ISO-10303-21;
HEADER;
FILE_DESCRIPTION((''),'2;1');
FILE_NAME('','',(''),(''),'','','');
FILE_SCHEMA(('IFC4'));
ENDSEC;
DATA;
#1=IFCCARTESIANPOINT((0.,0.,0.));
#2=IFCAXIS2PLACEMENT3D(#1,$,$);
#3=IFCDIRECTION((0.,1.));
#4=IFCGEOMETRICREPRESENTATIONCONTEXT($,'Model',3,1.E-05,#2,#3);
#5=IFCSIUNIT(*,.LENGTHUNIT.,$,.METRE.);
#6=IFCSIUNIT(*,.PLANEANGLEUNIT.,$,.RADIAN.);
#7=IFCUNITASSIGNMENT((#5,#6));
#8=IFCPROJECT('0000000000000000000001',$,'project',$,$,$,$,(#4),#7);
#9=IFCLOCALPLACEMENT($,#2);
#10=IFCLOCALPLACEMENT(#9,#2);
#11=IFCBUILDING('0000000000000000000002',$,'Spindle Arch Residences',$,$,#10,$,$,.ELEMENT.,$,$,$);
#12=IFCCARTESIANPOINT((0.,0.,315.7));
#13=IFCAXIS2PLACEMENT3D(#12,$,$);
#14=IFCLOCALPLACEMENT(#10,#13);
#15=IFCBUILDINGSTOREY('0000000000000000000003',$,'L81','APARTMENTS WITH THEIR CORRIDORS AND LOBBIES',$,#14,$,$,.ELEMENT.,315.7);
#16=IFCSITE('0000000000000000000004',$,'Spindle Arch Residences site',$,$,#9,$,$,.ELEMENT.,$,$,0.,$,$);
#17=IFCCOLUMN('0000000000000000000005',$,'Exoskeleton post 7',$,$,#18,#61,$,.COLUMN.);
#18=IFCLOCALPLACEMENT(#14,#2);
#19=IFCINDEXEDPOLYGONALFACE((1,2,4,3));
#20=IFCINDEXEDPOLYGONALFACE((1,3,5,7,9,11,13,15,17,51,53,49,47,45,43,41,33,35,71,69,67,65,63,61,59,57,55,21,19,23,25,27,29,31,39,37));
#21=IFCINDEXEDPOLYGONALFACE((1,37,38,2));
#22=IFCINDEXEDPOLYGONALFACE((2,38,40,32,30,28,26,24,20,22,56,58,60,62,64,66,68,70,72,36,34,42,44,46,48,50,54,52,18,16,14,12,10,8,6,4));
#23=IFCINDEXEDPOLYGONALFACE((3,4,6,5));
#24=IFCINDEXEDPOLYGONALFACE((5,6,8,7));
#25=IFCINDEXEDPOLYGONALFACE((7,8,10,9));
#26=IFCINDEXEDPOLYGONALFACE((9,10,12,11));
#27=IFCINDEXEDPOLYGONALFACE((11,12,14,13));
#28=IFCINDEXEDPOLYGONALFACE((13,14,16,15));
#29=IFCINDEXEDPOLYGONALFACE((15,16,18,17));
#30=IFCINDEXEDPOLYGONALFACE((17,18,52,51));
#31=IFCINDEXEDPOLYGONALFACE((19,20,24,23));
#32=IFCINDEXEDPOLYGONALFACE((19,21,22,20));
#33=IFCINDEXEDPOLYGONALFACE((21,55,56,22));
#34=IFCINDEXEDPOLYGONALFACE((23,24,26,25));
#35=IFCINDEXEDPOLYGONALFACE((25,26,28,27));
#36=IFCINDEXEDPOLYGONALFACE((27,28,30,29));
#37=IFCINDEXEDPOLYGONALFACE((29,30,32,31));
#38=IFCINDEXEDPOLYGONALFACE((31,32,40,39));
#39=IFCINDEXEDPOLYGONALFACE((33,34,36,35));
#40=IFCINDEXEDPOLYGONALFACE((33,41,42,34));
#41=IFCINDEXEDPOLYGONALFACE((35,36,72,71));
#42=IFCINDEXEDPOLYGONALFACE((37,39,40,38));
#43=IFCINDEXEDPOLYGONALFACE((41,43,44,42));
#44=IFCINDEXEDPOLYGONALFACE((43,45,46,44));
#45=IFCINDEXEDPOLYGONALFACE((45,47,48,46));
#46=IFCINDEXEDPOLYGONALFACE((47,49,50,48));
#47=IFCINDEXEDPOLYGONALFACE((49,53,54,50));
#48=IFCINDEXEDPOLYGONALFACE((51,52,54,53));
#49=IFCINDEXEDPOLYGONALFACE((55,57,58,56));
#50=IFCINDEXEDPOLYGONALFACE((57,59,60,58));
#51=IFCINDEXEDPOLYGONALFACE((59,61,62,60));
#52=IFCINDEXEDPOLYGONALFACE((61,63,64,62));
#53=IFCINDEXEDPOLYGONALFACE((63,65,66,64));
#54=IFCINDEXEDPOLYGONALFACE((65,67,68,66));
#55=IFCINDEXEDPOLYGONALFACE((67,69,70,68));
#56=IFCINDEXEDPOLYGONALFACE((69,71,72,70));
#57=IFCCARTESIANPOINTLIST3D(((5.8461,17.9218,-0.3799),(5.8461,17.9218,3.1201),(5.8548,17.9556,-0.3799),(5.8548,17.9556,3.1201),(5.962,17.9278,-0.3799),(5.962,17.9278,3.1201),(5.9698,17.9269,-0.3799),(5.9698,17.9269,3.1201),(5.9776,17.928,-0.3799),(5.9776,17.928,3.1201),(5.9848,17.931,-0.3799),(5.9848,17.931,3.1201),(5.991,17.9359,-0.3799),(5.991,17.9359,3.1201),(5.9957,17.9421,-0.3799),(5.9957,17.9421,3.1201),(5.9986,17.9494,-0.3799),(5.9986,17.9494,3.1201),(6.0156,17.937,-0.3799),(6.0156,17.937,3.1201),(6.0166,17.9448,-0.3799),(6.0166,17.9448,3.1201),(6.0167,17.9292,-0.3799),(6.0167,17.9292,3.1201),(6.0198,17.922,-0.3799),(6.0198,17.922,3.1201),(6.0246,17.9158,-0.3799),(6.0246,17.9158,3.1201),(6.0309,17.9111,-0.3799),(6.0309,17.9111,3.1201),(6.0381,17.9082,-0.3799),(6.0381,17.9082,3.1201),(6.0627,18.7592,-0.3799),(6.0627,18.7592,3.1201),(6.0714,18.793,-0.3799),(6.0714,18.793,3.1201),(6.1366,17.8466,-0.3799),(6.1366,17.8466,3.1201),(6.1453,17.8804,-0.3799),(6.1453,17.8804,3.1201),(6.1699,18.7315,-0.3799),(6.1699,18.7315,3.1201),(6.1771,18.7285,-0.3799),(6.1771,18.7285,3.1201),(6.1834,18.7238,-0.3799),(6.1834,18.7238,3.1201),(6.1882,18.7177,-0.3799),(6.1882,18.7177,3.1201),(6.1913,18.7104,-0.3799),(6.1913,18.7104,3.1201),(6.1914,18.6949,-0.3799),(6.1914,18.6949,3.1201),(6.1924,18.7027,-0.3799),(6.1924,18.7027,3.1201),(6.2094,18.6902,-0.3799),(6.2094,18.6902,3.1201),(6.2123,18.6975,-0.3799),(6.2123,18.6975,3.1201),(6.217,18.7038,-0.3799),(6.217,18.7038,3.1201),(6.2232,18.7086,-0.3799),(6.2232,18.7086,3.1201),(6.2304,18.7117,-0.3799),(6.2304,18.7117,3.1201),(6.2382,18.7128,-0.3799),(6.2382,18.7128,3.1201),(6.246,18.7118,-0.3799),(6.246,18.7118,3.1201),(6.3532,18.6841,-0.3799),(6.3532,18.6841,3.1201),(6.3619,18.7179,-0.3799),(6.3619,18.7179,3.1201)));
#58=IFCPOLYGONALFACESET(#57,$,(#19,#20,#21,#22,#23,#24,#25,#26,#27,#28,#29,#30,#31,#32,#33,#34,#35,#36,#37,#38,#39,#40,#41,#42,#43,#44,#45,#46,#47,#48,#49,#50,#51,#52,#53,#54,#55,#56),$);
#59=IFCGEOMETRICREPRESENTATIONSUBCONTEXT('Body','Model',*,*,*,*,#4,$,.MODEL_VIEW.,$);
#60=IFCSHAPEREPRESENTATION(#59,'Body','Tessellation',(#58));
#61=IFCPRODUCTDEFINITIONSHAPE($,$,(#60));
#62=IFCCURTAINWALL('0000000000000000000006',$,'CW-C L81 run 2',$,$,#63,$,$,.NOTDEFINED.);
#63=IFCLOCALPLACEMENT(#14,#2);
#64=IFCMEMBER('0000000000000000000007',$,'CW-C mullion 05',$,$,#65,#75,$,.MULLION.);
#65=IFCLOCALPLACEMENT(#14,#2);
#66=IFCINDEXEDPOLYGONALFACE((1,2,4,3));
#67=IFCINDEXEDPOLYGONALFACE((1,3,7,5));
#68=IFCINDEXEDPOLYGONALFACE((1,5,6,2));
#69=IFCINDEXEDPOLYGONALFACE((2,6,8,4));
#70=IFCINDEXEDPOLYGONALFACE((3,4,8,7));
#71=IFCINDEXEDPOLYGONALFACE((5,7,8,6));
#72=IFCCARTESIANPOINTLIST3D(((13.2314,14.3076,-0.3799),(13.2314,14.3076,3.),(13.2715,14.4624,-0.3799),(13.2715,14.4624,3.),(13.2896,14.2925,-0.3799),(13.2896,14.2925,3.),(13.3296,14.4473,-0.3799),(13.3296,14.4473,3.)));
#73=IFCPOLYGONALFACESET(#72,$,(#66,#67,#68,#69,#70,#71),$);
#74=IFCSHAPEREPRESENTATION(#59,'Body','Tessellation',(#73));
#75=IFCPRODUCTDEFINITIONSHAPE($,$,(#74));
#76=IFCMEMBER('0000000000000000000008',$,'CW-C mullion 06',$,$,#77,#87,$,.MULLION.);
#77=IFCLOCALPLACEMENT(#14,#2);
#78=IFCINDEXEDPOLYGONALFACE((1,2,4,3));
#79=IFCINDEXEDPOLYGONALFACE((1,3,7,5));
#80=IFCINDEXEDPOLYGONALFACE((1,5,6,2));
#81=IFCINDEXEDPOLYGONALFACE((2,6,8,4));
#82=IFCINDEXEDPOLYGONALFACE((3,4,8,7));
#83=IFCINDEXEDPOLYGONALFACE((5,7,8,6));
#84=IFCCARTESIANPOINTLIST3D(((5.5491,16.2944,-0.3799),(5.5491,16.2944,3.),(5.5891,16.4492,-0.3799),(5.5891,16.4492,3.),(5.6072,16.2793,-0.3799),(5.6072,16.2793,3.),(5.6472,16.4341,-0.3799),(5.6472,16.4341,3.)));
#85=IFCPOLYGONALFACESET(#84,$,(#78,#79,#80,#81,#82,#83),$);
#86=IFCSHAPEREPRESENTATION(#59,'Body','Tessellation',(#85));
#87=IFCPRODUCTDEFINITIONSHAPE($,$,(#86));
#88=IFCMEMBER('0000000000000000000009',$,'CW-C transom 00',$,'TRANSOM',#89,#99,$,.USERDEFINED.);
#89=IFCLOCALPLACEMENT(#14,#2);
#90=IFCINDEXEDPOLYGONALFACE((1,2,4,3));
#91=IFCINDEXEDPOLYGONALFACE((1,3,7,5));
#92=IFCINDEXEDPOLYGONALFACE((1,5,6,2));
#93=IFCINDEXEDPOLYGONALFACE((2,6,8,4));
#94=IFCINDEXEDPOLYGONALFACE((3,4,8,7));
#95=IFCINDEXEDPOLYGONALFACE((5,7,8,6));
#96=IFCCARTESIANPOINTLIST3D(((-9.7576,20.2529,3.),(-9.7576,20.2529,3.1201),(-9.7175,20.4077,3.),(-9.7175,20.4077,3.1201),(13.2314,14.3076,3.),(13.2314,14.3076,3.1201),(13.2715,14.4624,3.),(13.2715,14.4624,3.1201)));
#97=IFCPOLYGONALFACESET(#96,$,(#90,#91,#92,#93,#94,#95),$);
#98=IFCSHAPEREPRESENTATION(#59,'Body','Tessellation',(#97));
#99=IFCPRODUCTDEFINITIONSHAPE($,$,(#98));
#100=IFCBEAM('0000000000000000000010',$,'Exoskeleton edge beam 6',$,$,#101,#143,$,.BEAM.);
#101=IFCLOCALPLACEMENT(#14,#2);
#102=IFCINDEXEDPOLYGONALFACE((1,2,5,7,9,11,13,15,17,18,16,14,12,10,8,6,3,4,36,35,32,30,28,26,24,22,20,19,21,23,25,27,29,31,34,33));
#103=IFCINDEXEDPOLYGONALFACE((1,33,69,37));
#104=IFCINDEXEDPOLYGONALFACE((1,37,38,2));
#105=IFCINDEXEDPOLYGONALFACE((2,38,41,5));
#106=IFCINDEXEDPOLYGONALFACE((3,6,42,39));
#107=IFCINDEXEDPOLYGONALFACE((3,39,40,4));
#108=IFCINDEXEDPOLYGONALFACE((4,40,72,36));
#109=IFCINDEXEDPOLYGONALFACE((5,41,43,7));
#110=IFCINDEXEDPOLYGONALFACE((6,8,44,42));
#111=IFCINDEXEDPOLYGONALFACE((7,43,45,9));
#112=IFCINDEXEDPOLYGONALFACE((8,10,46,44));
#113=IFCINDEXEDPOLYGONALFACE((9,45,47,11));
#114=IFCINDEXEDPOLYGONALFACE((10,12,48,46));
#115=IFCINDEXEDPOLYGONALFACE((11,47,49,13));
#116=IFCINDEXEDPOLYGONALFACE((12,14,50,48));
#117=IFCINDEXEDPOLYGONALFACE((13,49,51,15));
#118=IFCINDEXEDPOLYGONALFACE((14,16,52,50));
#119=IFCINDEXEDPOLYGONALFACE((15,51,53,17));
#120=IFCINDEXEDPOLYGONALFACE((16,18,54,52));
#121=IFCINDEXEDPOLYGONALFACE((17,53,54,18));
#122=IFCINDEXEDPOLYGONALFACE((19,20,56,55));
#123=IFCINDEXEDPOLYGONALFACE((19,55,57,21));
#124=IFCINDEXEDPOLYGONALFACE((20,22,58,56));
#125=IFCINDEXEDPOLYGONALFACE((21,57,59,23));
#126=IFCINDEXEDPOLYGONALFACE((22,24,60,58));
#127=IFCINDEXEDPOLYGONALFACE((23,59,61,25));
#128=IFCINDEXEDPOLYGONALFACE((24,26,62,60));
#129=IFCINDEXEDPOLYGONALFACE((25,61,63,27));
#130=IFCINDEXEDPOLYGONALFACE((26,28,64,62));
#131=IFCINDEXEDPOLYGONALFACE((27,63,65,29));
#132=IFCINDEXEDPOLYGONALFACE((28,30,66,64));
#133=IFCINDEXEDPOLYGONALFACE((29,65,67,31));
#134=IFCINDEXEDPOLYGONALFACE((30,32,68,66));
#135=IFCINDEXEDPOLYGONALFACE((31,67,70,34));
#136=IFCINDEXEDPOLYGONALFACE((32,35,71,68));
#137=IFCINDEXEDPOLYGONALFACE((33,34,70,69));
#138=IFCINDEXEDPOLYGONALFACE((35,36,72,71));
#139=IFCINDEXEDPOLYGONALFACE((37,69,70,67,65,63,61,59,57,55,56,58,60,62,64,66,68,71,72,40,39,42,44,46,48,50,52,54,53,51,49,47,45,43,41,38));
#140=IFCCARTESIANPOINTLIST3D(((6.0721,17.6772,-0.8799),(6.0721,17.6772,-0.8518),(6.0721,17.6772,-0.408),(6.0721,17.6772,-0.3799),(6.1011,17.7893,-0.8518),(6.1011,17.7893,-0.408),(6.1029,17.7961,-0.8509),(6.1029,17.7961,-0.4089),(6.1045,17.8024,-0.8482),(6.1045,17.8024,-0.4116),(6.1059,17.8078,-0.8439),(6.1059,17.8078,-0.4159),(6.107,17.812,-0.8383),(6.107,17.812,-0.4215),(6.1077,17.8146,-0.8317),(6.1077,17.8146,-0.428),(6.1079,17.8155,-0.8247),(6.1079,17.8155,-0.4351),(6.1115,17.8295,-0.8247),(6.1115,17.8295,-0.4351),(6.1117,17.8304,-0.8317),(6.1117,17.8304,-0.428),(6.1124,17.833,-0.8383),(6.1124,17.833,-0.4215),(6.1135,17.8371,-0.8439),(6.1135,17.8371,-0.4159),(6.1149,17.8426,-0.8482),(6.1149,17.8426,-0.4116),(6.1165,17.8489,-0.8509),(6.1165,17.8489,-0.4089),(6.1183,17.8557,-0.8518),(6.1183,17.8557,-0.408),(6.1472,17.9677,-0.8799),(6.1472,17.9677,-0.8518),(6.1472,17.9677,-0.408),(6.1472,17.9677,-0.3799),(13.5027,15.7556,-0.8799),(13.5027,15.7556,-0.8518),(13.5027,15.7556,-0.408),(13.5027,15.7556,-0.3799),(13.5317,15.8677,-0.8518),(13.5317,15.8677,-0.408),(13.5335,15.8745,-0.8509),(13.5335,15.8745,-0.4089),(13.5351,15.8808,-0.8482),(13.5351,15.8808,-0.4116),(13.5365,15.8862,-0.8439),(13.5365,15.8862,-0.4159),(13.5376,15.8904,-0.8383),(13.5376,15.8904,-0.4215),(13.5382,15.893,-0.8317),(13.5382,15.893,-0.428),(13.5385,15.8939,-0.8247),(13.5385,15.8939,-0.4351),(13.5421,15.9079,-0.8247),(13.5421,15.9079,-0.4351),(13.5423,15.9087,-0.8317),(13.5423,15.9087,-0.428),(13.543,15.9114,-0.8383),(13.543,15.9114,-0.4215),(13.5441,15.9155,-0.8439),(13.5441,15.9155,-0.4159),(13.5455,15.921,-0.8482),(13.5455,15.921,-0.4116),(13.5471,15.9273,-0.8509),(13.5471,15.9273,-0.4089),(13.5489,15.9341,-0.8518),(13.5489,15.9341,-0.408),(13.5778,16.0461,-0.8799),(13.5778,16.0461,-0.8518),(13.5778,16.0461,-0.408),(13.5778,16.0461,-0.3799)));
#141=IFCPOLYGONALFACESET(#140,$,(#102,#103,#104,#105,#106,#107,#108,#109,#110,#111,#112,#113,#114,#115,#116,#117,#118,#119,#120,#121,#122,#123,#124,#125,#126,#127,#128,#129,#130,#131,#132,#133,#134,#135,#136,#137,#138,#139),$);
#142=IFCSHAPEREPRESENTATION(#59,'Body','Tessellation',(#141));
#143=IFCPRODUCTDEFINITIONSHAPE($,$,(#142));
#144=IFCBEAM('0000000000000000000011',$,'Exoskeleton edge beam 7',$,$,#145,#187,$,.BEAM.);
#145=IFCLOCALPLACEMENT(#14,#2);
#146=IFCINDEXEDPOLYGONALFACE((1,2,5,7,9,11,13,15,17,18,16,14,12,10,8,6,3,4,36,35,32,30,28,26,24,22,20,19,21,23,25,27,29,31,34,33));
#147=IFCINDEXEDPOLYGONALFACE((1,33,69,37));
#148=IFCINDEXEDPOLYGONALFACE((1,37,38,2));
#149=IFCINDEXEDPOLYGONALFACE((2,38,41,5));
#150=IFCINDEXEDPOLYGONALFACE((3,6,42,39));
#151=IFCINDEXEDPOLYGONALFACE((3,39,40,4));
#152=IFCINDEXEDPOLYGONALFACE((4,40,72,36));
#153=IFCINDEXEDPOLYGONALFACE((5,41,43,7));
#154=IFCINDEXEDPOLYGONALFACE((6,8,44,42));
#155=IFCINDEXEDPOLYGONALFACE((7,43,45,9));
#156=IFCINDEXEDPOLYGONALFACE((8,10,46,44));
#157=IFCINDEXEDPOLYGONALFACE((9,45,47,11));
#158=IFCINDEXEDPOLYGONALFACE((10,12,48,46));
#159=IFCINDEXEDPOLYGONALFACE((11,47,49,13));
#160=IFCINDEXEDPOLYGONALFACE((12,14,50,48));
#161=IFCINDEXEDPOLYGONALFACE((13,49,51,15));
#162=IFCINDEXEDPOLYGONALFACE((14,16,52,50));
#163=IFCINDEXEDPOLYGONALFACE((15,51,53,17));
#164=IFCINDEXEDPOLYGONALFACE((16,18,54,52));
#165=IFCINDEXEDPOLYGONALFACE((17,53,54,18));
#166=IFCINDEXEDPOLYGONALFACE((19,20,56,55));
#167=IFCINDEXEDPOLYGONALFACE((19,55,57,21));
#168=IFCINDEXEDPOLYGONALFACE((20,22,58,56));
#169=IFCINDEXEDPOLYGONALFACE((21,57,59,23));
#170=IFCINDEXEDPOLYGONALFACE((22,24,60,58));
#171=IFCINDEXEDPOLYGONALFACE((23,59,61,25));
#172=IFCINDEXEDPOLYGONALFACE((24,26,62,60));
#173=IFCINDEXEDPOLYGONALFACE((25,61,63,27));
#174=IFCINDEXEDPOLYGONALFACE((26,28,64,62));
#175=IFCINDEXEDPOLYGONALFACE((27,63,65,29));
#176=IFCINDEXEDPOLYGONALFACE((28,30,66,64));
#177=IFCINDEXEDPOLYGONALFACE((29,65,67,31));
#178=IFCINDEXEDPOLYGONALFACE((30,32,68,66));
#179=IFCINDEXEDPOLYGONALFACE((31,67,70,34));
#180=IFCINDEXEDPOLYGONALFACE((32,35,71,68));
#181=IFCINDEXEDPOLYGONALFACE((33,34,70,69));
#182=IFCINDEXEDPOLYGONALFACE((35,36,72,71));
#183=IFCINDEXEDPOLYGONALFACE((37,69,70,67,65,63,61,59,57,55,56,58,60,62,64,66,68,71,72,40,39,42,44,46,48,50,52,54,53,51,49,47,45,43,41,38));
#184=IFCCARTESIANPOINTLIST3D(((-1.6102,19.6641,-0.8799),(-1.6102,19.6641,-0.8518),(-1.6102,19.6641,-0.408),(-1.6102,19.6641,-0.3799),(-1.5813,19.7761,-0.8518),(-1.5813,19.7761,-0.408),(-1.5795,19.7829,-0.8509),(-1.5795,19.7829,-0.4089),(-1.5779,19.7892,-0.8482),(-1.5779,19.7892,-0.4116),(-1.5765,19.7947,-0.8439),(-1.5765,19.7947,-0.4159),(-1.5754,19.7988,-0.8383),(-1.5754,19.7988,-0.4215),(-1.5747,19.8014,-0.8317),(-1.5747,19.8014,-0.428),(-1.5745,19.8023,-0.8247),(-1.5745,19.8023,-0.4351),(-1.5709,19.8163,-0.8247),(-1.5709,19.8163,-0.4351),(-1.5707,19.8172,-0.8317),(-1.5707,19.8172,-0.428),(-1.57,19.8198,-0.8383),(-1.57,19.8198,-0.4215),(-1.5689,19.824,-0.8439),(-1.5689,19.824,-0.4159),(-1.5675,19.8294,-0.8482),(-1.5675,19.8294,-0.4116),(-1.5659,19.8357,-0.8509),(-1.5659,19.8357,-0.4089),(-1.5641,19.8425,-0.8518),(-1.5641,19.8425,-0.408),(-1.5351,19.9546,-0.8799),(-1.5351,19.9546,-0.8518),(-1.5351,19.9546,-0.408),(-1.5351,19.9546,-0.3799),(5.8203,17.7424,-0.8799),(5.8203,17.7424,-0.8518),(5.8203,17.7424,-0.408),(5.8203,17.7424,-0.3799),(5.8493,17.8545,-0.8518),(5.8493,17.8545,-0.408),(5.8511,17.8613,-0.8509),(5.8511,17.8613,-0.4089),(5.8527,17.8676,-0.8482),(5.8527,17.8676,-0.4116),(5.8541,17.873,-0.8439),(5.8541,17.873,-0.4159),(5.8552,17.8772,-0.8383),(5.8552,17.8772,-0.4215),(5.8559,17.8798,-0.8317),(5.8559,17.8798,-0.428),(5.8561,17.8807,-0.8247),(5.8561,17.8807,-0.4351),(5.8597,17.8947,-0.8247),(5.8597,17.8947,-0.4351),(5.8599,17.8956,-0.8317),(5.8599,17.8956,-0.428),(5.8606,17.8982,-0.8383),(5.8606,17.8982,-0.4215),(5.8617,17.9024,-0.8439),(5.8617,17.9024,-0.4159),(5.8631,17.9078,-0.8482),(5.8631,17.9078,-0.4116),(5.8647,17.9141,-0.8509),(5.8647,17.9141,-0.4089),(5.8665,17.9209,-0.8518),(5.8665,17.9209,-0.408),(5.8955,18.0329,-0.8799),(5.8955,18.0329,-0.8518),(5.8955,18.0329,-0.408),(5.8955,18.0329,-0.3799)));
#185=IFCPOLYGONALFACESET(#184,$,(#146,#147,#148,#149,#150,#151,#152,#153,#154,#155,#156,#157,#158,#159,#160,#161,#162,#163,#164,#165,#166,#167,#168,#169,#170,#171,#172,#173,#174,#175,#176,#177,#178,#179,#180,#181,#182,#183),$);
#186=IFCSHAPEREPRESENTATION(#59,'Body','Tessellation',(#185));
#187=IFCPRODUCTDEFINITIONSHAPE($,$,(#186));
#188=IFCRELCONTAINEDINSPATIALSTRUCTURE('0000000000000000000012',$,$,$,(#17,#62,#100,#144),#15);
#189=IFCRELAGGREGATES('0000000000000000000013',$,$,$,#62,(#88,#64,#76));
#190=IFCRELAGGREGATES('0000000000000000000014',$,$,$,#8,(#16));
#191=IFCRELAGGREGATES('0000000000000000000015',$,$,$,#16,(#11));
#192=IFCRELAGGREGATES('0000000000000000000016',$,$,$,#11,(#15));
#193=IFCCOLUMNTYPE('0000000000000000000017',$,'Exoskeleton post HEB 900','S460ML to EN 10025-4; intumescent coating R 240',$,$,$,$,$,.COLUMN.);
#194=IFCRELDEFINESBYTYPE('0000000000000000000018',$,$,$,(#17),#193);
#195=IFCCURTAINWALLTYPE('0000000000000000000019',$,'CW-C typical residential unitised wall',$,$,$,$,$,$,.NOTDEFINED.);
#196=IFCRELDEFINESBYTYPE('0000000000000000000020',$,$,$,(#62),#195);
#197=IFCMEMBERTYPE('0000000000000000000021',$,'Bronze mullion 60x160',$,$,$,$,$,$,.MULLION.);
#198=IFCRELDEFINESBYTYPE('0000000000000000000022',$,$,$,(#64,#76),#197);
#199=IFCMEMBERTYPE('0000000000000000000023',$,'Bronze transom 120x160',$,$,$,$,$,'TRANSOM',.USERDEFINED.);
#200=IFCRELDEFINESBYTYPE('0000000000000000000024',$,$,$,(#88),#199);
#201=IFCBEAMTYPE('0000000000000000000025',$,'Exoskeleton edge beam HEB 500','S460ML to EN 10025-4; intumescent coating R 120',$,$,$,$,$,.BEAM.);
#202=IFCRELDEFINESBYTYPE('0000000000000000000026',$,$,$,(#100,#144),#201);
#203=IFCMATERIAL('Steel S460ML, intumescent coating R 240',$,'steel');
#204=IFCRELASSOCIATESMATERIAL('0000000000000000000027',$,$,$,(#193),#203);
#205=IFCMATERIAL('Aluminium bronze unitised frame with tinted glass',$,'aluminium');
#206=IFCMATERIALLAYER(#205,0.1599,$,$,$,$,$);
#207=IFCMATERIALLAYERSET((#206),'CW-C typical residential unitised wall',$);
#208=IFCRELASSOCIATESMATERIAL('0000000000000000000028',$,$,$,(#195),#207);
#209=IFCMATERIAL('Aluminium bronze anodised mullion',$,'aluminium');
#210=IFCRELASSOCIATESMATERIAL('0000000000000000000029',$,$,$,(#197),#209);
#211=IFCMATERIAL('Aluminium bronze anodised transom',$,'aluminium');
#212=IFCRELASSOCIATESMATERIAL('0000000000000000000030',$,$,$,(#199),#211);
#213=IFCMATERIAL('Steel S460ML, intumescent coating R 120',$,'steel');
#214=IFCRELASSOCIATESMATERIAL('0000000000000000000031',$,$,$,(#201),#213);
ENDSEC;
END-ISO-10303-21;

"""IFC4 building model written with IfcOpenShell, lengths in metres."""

from ifc_helpers import new_model, si_unit, direction, frame, origin, origin_2d, place, context, subcontext, project, spatial, rectangle, i_section, extrude, material, layer, layer_set, material_profile, profile_set, type_object, element, aggregate, save


model = new_model("IFC4")

# Units and contexts
model_context = context("Model", 3, precision=1e-05, world=origin(), true_north=direction((0.0, 1.0)))
body_context = subcontext(model_context, "Body", "Model", "MODEL_VIEW")
ifc_project = project(units=[si_unit("LENGTHUNIT", "METRE"), si_unit("PLANEANGLEUNIT", "RADIAN")], contexts=[model_context])

# Site, building, storey
site_placement = place(None, origin())
site = spatial("IfcSite", under=ifc_project, at=site_placement, Name="Spindle Arch Residences site", CompositionType="ELEMENT", RefElevation=0.0)
building_placement = place(site_placement, origin())
building = spatial("IfcBuilding", under=site, at=building_placement, Name="Spindle Arch Residences", CompositionType="ELEMENT")
storey_placement = place(building_placement, frame((0.0, 0.0, 315.7)))
storey = spatial("IfcBuildingStorey", under=building, at=storey_placement, Name="L81", Description="APARTMENTS WITH THEIR CORRIDORS AND LOBBIES", CompositionType="ELEMENT", Elevation=315.7)

# Column
ifc_material_1 = material(Name="Steel S460ML, intumescent coating R 240", Category="steel")
ifc_material_profile_1 = material_profile(ifc_material_1, i_section(OverallWidth=0.3, OverallDepth=0.8999, WebThickness=0.0186, FlangeThickness=0.0349, FilletRadius=0.03, at=origin_2d()), Name="HEB 900")
ifc_profile_set_1 = profile_set([ifc_material_profile_1], Name="Steel S460ML, intumescent coating R 240")
column_type = type_object("IfcColumnType", Name="Exoskeleton post HEB 900", Description="S460ML to EN 10025-4; intumescent coating R 240", PredefinedType="COLUMN", material=ifc_profile_set_1)
column_placement = place(storey_placement, frame((6.104, 18.3198, -0.3799), z_axis=(0.0, 0.0, 1.0), x_axis=(0.968148, -0.25038, 0.0)))
element("IfcColumn", 1, at=column_placement, inside=storey, type_object=column_type, Name="Exoskeleton post 7", PredefinedType="COLUMN", context=body_context, shape_type="SweptSolid", body=[
    extrude(i_section(OverallWidth=0.3, OverallDepth=0.8999, WebThickness=0.0186, FlangeThickness=0.0349, FilletRadius=0.03, at=origin_2d()), origin(), (0.0, 0.0, 1.0), 3.5),
])

# Curtain wall, members
ifc_material_2 = material(Name="Aluminium bronze unitised frame with tinted glass", Category="aluminium")
ifc_layer_1 = layer(ifc_material_2, 0.1599)
ifc_layer_set_1 = layer_set([ifc_layer_1], Name="CW-C typical residential unitised wall")
curtain_wall_type = type_object("IfcCurtainWallType", Name="CW-C typical residential unitised wall", PredefinedType="NOTDEFINED", material=ifc_layer_set_1)
curtain_wall_placement = place(storey_placement, origin())
curtain_wall = element("IfcCurtainWall", 2, at=curtain_wall_placement, inside=storey, type_object=curtain_wall_type, Name="CW-C L81 run 2", PredefinedType="NOTDEFINED")
ifc_material_3 = material(Name="Aluminium bronze anodised mullion", Category="aluminium")
ifc_material_profile_2 = material_profile(ifc_material_3, rectangle(XDim=0.1599, YDim=0.0601, at=origin_2d()), Name="MU 60x160")
ifc_profile_set_2 = profile_set([ifc_material_profile_2], Name="Aluminium bronze anodised mullion")
member_type_1 = type_object("IfcMemberType", Name="Bronze mullion 60x160", PredefinedType="MULLION", material=ifc_profile_set_2)
member_1_placement = place(storey_placement, frame((13.2805, 14.3774, -0.3799), z_axis=(0.0, 0.0, 1.0), x_axis=(-0.25038, -0.968148, 0.0)))
member_1 = element("IfcMember", 3, at=member_1_placement, type_object=member_type_1, Name="CW-C mullion 05", PredefinedType="MULLION", context=body_context, shape_type="SweptSolid", body=[
    extrude(rectangle(XDim=0.1599, YDim=0.0601, at=origin_2d()), origin(), (0.0, 0.0, 1.0), 3.3799),
])
member_2_placement = place(storey_placement, frame((5.5981, 16.3643, -0.3799), z_axis=(0.0, 0.0, 1.0), x_axis=(-0.25038, -0.968148, 0.0)))
member_2 = element("IfcMember", 4, at=member_2_placement, type_object=member_type_1, Name="CW-C mullion 06", PredefinedType="MULLION", context=body_context, shape_type="SweptSolid", body=[
    extrude(rectangle(XDim=0.1599, YDim=0.0601, at=origin_2d()), origin(), (0.0, 0.0, 1.0), 3.3799),
])
ifc_material_4 = material(Name="Aluminium bronze anodised transom", Category="aluminium")
ifc_material_profile_3 = material_profile(ifc_material_4, rectangle(XDim=0.1599, YDim=0.1201, at=origin_2d()), Name="TR 120x160")
ifc_profile_set_3 = profile_set([ifc_material_profile_3], Name="Aluminium bronze anodised transom")
member_type_2 = type_object("IfcMemberType", Name="Bronze transom 120x160", ElementType="TRANSOM", PredefinedType="USERDEFINED", material=ifc_profile_set_3)
member_3_placement = place(storey_placement, frame((13.2515, 14.385, 3.0601), z_axis=(-0.968148, 0.250378, 0.0), x_axis=(-0.250378, -0.968148, 0.0)))
member_3 = element("IfcMember", 5, at=member_3_placement, type_object=member_type_2, Name="CW-C transom 00", ObjectType="TRANSOM", PredefinedType="USERDEFINED", context=body_context, shape_type="SweptSolid", body=[
    extrude(rectangle(XDim=0.1599, YDim=0.1201, at=origin_2d()), origin(), (0.0, 0.0, 1.0), 23.7454),
])

# Beams
ifc_material_5 = material(Name="Steel S460ML, intumescent coating R 120", Category="steel")
ifc_material_profile_4 = material_profile(ifc_material_5, i_section(OverallWidth=0.3, OverallDepth=0.5, WebThickness=0.0144, FlangeThickness=0.0281, FilletRadius=0.0271, at=origin_2d()), Name="HEB 500")
ifc_profile_set_4 = profile_set([ifc_material_profile_4], Name="Steel S460ML, intumescent coating R 120")
beam_type_1 = type_object("IfcBeamType", Name="Exoskeleton edge beam HEB 500", Description="S460ML to EN 10025-4; intumescent coating R 120", PredefinedType="BEAM", material=ifc_profile_set_4)
for number, where, z_axis, x_axis, name in (
    (6, (13.5403, 15.9009, -0.6299), (-0.96815, 0.250372, 0.0), (-0.250372, -0.96815, 0.0), "Exoskeleton edge beam 6"),
    (7, (5.8579, 17.8877, -0.6299), (-0.96815, 0.250372, 0.0), (-0.250372, -0.96815, 0.0), "Exoskeleton edge beam 7"),
):
    element("IfcBeam", number, at=place(storey_placement, frame(where, z_axis=z_axis, x_axis=x_axis)), inside=storey, type_object=beam_type_1, Name=name, PredefinedType="BEAM", context=body_context, shape_type="SweptSolid", body=[
        extrude(i_section(OverallWidth=0.3, OverallDepth=0.5, WebThickness=0.0144, FlangeThickness=0.0281, FilletRadius=0.0271, at=origin_2d()), origin(), (0.0, 0.0, 1.0), 7.675),
    ])

aggregate(curtain_wall, [member_3, member_1, member_2])

save(model, "model.ifc")
